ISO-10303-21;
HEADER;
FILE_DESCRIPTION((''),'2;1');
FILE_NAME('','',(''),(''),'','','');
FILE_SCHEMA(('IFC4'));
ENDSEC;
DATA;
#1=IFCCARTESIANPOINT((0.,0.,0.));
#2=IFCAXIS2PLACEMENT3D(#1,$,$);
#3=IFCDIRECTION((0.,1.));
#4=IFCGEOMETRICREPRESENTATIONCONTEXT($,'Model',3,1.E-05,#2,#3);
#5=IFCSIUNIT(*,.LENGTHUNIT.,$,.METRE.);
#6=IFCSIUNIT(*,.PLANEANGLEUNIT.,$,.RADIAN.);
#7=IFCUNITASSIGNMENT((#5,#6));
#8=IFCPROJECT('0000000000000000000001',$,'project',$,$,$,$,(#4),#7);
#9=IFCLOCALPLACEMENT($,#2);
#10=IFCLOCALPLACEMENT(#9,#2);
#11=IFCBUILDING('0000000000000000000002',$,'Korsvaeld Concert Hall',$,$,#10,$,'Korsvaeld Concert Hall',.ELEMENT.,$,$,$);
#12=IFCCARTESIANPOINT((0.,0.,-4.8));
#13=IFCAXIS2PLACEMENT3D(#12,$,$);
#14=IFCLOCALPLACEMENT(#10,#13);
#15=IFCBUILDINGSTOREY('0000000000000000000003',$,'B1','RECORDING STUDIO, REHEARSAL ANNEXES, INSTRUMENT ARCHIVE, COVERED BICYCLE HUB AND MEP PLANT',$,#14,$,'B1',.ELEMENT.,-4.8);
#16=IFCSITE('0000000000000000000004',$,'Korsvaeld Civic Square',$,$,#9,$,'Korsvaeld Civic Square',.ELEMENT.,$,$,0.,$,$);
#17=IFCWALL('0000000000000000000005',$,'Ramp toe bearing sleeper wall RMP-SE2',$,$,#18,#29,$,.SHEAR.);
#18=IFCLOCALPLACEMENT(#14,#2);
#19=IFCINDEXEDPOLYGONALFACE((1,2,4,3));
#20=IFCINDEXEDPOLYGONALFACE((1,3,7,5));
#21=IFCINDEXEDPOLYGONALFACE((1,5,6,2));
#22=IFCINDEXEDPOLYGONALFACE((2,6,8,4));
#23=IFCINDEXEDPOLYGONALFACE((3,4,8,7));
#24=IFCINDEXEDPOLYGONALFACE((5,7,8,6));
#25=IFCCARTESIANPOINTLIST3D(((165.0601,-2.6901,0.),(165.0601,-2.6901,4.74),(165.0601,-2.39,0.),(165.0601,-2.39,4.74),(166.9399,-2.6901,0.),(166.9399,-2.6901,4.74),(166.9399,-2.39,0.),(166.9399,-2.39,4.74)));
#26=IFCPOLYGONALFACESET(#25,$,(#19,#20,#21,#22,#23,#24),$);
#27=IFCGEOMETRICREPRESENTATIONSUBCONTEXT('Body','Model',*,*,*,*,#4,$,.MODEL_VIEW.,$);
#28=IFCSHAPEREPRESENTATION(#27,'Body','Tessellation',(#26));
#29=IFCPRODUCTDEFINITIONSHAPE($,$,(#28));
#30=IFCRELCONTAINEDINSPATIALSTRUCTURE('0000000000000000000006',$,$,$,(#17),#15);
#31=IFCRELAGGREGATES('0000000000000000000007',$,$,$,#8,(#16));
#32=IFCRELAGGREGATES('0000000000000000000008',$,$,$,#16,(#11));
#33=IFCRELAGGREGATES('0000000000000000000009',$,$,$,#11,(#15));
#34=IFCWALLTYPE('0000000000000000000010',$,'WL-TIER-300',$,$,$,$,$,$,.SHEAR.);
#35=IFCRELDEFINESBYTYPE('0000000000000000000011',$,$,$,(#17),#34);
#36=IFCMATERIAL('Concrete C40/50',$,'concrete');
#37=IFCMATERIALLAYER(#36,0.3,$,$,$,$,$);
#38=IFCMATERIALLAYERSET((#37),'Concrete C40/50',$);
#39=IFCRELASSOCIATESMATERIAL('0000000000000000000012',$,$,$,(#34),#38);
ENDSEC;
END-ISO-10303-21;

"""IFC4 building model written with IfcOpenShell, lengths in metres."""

from ifc_helpers import new_model, si_unit, direction, frame, frame_2d, origin, place, context, subcontext, project, spatial, rectangle, extrude, material, layer, layer_set, type_object, element, save


model = new_model("IFC4")

# Units and contexts
model_context = context("Model", 3, precision=1e-05, world=origin(), true_north=direction((0.0, 1.0)))
body_context = subcontext(model_context, "Body", "Model", "MODEL_VIEW")
ifc_project = project(units=[si_unit("LENGTHUNIT", "METRE"), si_unit("PLANEANGLEUNIT", "RADIAN")], contexts=[model_context])

# Site, building, storey
site_placement = place(None, origin())
site = spatial("IfcSite", under=ifc_project, at=site_placement, Name="Korsvaeld Civic Square", LongName="Korsvaeld Civic Square", CompositionType="ELEMENT", RefElevation=0.0)
building_placement = place(site_placement, origin())
building = spatial("IfcBuilding", under=site, at=building_placement, Name="Korsvaeld Concert Hall", LongName="Korsvaeld Concert Hall", CompositionType="ELEMENT")
storey_placement = place(building_placement, frame((0.0, 0.0, -4.8)))
storey = spatial("IfcBuildingStorey", under=building, at=storey_placement, Name="B1", Description="RECORDING STUDIO, REHEARSAL ANNEXES, INSTRUMENT ARCHIVE, COVERED BICYCLE HUB AND MEP PLANT", LongName="B1", CompositionType="ELEMENT", Elevation=-4.8)

# Shared definitions
ifc_material_1 = material(Name="Concrete C40/50", Category="concrete")

# Wall
ifc_layer = layer(ifc_material_1, 0.3)
ifc_layer_set = layer_set([ifc_layer], Name="Concrete C40/50")
wall_type = type_object("IfcWallType", Name="WL-TIER-300", PredefinedType="SHEAR", material=ifc_layer_set)
wall_placement = place(storey_placement, frame((165.0601, -2.54, 0.0), z_axis=(0.0, 0.0, 1.0), x_axis=(1.0, 0.0, 0.0)))
element("IfcWall", 1, at=wall_placement, inside=storey, type_object=wall_type, Name="Ramp toe bearing sleeper wall RMP-SE2", PredefinedType="SHEAR", context=body_context, shape_type="SweptSolid", body=[
    extrude(rectangle(XDim=1.8799, YDim=0.3, at=frame_2d((0.9399, 0.0))), origin(), (0.0, 0.0, 1.0), 4.74),
])

save(model, "model.ifc")
